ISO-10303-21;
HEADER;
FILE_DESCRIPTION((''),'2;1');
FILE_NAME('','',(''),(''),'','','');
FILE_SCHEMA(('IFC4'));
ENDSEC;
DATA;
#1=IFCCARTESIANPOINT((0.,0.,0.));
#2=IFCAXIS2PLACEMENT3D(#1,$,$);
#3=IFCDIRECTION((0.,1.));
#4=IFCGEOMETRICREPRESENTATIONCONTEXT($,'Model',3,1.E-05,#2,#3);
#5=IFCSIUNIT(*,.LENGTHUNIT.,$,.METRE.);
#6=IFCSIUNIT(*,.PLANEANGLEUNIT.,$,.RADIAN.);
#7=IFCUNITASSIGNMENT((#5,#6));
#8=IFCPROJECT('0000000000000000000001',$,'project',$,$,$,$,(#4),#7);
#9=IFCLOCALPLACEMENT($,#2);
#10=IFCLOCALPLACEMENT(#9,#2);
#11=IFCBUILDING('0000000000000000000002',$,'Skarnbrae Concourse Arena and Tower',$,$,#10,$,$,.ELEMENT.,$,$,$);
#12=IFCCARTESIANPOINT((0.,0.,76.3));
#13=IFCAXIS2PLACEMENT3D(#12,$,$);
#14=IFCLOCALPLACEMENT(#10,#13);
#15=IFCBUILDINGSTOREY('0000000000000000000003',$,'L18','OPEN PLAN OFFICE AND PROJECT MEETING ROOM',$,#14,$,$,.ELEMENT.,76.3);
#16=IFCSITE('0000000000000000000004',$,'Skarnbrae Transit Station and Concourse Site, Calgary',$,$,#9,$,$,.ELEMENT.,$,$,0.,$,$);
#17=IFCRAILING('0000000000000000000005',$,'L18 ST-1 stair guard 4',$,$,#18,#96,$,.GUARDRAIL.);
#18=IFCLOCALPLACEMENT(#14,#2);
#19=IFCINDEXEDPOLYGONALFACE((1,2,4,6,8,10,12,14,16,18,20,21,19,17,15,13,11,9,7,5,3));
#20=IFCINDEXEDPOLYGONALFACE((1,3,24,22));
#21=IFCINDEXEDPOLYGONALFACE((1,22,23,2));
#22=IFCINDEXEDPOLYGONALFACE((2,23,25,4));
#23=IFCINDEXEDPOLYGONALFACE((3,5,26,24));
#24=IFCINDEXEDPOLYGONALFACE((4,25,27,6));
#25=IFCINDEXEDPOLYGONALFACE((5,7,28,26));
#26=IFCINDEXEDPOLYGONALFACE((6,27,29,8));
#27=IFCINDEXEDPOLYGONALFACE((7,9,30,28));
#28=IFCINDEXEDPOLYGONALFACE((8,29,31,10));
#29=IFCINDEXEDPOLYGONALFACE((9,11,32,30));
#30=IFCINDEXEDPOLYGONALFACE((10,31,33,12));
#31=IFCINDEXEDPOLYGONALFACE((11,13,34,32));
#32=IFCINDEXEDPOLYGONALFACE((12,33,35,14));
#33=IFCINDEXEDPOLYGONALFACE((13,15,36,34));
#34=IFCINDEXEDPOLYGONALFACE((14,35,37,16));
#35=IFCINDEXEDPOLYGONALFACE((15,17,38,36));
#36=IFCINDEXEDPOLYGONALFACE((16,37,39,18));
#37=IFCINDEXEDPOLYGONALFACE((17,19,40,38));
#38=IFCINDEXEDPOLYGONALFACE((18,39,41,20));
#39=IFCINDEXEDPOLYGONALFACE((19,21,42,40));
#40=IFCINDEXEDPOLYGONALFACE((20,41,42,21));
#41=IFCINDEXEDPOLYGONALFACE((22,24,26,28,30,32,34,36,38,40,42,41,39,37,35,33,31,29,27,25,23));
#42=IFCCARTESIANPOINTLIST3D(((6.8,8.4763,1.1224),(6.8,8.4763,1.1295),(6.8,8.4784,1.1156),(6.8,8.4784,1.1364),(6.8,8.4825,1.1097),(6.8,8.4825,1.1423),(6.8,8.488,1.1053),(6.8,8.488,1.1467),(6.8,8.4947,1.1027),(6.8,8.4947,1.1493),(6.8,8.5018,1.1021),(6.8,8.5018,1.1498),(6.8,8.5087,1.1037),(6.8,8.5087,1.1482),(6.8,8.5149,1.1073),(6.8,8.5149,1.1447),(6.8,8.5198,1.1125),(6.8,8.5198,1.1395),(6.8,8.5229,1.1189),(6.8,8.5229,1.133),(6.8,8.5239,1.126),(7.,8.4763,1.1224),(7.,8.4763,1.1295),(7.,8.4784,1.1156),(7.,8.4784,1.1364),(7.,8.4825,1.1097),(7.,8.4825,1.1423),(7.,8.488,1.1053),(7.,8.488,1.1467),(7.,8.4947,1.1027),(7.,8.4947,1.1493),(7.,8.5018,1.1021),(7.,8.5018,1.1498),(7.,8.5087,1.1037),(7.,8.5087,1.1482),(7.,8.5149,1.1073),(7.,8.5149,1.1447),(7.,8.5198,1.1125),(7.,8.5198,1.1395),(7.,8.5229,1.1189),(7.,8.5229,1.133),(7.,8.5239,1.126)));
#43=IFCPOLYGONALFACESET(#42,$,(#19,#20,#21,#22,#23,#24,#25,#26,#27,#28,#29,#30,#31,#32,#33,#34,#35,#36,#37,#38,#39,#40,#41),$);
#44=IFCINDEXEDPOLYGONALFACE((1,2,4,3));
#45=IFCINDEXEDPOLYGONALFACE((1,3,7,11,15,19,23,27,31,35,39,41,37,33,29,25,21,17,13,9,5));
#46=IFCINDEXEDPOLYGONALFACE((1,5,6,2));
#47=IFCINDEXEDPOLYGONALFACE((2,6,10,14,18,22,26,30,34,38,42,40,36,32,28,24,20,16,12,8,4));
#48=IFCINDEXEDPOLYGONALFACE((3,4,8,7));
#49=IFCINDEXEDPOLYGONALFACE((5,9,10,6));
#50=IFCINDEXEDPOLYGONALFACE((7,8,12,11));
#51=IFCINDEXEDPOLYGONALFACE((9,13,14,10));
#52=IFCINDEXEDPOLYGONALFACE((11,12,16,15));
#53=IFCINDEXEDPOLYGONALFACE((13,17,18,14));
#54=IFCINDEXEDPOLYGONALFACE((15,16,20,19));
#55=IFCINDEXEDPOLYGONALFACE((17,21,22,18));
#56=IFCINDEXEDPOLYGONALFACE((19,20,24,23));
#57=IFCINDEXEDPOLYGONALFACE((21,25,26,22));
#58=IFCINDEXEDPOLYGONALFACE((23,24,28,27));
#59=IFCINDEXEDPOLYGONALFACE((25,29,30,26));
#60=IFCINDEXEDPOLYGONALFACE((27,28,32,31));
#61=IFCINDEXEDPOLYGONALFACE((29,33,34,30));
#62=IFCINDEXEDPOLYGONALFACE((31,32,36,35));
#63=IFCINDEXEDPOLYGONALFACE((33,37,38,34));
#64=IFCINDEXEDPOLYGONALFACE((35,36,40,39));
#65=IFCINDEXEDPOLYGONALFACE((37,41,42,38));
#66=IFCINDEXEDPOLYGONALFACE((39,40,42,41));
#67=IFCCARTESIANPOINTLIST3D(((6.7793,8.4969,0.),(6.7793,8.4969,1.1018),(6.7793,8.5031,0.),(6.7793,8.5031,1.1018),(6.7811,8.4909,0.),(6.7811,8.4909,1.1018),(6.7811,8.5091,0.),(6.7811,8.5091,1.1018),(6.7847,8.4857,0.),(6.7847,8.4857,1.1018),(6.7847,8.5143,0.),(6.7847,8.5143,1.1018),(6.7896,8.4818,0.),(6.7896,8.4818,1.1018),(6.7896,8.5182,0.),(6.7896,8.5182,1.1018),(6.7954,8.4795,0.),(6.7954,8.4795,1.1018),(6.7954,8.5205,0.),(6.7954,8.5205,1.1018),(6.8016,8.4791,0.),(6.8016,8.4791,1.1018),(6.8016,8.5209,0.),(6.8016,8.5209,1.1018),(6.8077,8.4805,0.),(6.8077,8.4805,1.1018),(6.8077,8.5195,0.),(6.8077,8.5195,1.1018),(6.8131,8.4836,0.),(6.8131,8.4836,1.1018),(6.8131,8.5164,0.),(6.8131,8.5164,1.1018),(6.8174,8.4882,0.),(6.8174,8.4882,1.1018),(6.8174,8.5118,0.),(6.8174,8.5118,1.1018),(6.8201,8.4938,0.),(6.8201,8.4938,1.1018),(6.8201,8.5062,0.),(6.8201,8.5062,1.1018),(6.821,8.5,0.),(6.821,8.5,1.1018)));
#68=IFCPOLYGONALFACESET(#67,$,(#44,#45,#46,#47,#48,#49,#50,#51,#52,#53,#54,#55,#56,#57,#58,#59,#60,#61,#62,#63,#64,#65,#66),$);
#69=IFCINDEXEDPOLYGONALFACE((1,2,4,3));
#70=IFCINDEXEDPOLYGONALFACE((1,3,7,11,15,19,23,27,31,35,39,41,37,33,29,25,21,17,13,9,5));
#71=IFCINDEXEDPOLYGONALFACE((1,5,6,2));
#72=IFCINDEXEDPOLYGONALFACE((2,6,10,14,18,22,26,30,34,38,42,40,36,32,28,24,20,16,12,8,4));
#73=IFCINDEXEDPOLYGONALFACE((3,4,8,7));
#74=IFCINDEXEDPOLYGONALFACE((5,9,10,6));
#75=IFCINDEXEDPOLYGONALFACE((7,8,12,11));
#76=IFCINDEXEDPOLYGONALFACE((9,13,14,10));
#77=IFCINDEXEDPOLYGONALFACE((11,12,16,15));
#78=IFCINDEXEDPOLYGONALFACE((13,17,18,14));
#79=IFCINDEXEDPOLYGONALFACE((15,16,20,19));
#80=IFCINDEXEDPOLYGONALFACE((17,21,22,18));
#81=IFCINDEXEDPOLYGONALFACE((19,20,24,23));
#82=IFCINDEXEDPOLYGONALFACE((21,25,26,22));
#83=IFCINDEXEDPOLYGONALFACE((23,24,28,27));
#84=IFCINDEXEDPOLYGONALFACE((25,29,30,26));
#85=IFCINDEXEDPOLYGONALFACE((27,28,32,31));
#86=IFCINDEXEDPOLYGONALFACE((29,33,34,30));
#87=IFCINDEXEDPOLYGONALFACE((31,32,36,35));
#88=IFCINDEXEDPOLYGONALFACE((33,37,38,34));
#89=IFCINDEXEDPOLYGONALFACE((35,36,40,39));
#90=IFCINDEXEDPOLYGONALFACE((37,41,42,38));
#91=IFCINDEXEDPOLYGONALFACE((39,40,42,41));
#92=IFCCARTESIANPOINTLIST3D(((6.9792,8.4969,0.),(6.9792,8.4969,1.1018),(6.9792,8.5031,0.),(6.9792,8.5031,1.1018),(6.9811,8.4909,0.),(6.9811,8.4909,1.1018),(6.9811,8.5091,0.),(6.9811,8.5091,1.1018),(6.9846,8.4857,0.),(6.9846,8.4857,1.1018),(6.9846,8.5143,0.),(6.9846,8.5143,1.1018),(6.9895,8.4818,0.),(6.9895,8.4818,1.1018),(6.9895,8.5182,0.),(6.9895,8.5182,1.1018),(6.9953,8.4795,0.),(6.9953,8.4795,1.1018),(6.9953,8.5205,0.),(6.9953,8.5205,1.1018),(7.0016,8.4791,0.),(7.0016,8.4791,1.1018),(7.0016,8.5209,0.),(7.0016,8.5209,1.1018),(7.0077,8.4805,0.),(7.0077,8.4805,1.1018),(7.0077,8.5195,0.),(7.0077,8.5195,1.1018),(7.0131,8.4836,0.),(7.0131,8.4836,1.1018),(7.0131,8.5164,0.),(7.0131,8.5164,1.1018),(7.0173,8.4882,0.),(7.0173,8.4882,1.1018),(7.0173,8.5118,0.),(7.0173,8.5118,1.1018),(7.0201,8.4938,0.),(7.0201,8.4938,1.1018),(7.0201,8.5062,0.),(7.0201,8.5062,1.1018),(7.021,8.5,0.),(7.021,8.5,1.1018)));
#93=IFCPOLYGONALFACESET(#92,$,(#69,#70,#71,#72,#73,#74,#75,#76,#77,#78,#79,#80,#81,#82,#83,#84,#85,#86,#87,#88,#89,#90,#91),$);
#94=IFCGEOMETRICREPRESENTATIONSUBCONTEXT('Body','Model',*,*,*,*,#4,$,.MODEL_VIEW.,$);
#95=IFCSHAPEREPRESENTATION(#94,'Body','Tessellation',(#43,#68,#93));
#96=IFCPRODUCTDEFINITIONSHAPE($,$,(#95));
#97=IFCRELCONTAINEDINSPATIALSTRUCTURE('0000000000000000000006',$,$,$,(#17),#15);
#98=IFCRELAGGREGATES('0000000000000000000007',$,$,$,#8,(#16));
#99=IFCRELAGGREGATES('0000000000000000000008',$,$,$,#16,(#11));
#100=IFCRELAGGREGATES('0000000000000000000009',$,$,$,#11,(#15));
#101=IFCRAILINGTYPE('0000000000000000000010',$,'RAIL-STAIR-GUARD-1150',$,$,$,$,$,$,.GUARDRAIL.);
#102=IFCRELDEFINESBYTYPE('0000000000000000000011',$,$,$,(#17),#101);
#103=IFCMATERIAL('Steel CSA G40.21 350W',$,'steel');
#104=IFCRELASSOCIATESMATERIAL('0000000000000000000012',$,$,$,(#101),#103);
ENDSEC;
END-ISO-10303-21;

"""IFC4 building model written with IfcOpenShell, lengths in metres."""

from ifc_helpers import new_model, si_unit, direction, frame, origin, origin_2d, place, context, subcontext, project, spatial, circle, extrude, material, type_object, element, save


model = new_model("IFC4")

# Units and contexts
model_context = context("Model", 3, precision=1e-05, world=origin(), true_north=direction((0.0, 1.0)))
body_context = subcontext(model_context, "Body", "Model", "MODEL_VIEW")
ifc_project = project(units=[si_unit("LENGTHUNIT", "METRE"), si_unit("PLANEANGLEUNIT", "RADIAN")], contexts=[model_context])

# Site, building, storey
site_placement = place(None, origin())
site = spatial("IfcSite", under=ifc_project, at=site_placement, Name="Skarnbrae Transit Station and Concourse Site, Calgary", CompositionType="ELEMENT", RefElevation=0.0)
building_placement = place(site_placement, origin())
building = spatial("IfcBuilding", under=site, at=building_placement, Name="Skarnbrae Concourse Arena and Tower", CompositionType="ELEMENT")
storey_placement = place(building_placement, frame((0.0, 0.0, 76.3)))
storey = spatial("IfcBuildingStorey", under=building, at=storey_placement, Name="L18", Description="OPEN PLAN OFFICE AND PROJECT MEETING ROOM", CompositionType="ELEMENT", Elevation=76.3)

# Shared definitions
ifc_material_1 = material(Name="Steel CSA G40.21 350W", Category="steel")

# Railing
railing_type_1 = type_object("IfcRailingType", Name="RAIL-STAIR-GUARD-1150", PredefinedType="GUARDRAIL", material=ifc_material_1)
railing_1_placement = place(storey_placement, frame((6.8, 8.5, 0.0)))
element("IfcRailing", 1, at=railing_1_placement, inside=storey, type_object=railing_type_1, Name="L18 ST-1 stair guard 4", PredefinedType="GUARDRAIL", context=body_context, shape_type="SweptSolid", body=[
    extrude(circle(Radius=0.0239, at=origin_2d()), frame((0.0, 0.0, 1.126), z_axis=(1.0, 0.0, 0.0), x_axis=(0.0, 1.0, 0.0)), (0.0, 0.0, 1.0), 0.2),
    extrude(circle(Radius=0.021, at=origin_2d()), origin(), (0.0, 0.0, 1.0), 1.1018),
    extrude(circle(Radius=0.021, at=origin_2d()), frame((0.2, 0.0, 0.0)), (0.0, 0.0, 1.0), 1.1018),
])

save(model, "model.ifc")
